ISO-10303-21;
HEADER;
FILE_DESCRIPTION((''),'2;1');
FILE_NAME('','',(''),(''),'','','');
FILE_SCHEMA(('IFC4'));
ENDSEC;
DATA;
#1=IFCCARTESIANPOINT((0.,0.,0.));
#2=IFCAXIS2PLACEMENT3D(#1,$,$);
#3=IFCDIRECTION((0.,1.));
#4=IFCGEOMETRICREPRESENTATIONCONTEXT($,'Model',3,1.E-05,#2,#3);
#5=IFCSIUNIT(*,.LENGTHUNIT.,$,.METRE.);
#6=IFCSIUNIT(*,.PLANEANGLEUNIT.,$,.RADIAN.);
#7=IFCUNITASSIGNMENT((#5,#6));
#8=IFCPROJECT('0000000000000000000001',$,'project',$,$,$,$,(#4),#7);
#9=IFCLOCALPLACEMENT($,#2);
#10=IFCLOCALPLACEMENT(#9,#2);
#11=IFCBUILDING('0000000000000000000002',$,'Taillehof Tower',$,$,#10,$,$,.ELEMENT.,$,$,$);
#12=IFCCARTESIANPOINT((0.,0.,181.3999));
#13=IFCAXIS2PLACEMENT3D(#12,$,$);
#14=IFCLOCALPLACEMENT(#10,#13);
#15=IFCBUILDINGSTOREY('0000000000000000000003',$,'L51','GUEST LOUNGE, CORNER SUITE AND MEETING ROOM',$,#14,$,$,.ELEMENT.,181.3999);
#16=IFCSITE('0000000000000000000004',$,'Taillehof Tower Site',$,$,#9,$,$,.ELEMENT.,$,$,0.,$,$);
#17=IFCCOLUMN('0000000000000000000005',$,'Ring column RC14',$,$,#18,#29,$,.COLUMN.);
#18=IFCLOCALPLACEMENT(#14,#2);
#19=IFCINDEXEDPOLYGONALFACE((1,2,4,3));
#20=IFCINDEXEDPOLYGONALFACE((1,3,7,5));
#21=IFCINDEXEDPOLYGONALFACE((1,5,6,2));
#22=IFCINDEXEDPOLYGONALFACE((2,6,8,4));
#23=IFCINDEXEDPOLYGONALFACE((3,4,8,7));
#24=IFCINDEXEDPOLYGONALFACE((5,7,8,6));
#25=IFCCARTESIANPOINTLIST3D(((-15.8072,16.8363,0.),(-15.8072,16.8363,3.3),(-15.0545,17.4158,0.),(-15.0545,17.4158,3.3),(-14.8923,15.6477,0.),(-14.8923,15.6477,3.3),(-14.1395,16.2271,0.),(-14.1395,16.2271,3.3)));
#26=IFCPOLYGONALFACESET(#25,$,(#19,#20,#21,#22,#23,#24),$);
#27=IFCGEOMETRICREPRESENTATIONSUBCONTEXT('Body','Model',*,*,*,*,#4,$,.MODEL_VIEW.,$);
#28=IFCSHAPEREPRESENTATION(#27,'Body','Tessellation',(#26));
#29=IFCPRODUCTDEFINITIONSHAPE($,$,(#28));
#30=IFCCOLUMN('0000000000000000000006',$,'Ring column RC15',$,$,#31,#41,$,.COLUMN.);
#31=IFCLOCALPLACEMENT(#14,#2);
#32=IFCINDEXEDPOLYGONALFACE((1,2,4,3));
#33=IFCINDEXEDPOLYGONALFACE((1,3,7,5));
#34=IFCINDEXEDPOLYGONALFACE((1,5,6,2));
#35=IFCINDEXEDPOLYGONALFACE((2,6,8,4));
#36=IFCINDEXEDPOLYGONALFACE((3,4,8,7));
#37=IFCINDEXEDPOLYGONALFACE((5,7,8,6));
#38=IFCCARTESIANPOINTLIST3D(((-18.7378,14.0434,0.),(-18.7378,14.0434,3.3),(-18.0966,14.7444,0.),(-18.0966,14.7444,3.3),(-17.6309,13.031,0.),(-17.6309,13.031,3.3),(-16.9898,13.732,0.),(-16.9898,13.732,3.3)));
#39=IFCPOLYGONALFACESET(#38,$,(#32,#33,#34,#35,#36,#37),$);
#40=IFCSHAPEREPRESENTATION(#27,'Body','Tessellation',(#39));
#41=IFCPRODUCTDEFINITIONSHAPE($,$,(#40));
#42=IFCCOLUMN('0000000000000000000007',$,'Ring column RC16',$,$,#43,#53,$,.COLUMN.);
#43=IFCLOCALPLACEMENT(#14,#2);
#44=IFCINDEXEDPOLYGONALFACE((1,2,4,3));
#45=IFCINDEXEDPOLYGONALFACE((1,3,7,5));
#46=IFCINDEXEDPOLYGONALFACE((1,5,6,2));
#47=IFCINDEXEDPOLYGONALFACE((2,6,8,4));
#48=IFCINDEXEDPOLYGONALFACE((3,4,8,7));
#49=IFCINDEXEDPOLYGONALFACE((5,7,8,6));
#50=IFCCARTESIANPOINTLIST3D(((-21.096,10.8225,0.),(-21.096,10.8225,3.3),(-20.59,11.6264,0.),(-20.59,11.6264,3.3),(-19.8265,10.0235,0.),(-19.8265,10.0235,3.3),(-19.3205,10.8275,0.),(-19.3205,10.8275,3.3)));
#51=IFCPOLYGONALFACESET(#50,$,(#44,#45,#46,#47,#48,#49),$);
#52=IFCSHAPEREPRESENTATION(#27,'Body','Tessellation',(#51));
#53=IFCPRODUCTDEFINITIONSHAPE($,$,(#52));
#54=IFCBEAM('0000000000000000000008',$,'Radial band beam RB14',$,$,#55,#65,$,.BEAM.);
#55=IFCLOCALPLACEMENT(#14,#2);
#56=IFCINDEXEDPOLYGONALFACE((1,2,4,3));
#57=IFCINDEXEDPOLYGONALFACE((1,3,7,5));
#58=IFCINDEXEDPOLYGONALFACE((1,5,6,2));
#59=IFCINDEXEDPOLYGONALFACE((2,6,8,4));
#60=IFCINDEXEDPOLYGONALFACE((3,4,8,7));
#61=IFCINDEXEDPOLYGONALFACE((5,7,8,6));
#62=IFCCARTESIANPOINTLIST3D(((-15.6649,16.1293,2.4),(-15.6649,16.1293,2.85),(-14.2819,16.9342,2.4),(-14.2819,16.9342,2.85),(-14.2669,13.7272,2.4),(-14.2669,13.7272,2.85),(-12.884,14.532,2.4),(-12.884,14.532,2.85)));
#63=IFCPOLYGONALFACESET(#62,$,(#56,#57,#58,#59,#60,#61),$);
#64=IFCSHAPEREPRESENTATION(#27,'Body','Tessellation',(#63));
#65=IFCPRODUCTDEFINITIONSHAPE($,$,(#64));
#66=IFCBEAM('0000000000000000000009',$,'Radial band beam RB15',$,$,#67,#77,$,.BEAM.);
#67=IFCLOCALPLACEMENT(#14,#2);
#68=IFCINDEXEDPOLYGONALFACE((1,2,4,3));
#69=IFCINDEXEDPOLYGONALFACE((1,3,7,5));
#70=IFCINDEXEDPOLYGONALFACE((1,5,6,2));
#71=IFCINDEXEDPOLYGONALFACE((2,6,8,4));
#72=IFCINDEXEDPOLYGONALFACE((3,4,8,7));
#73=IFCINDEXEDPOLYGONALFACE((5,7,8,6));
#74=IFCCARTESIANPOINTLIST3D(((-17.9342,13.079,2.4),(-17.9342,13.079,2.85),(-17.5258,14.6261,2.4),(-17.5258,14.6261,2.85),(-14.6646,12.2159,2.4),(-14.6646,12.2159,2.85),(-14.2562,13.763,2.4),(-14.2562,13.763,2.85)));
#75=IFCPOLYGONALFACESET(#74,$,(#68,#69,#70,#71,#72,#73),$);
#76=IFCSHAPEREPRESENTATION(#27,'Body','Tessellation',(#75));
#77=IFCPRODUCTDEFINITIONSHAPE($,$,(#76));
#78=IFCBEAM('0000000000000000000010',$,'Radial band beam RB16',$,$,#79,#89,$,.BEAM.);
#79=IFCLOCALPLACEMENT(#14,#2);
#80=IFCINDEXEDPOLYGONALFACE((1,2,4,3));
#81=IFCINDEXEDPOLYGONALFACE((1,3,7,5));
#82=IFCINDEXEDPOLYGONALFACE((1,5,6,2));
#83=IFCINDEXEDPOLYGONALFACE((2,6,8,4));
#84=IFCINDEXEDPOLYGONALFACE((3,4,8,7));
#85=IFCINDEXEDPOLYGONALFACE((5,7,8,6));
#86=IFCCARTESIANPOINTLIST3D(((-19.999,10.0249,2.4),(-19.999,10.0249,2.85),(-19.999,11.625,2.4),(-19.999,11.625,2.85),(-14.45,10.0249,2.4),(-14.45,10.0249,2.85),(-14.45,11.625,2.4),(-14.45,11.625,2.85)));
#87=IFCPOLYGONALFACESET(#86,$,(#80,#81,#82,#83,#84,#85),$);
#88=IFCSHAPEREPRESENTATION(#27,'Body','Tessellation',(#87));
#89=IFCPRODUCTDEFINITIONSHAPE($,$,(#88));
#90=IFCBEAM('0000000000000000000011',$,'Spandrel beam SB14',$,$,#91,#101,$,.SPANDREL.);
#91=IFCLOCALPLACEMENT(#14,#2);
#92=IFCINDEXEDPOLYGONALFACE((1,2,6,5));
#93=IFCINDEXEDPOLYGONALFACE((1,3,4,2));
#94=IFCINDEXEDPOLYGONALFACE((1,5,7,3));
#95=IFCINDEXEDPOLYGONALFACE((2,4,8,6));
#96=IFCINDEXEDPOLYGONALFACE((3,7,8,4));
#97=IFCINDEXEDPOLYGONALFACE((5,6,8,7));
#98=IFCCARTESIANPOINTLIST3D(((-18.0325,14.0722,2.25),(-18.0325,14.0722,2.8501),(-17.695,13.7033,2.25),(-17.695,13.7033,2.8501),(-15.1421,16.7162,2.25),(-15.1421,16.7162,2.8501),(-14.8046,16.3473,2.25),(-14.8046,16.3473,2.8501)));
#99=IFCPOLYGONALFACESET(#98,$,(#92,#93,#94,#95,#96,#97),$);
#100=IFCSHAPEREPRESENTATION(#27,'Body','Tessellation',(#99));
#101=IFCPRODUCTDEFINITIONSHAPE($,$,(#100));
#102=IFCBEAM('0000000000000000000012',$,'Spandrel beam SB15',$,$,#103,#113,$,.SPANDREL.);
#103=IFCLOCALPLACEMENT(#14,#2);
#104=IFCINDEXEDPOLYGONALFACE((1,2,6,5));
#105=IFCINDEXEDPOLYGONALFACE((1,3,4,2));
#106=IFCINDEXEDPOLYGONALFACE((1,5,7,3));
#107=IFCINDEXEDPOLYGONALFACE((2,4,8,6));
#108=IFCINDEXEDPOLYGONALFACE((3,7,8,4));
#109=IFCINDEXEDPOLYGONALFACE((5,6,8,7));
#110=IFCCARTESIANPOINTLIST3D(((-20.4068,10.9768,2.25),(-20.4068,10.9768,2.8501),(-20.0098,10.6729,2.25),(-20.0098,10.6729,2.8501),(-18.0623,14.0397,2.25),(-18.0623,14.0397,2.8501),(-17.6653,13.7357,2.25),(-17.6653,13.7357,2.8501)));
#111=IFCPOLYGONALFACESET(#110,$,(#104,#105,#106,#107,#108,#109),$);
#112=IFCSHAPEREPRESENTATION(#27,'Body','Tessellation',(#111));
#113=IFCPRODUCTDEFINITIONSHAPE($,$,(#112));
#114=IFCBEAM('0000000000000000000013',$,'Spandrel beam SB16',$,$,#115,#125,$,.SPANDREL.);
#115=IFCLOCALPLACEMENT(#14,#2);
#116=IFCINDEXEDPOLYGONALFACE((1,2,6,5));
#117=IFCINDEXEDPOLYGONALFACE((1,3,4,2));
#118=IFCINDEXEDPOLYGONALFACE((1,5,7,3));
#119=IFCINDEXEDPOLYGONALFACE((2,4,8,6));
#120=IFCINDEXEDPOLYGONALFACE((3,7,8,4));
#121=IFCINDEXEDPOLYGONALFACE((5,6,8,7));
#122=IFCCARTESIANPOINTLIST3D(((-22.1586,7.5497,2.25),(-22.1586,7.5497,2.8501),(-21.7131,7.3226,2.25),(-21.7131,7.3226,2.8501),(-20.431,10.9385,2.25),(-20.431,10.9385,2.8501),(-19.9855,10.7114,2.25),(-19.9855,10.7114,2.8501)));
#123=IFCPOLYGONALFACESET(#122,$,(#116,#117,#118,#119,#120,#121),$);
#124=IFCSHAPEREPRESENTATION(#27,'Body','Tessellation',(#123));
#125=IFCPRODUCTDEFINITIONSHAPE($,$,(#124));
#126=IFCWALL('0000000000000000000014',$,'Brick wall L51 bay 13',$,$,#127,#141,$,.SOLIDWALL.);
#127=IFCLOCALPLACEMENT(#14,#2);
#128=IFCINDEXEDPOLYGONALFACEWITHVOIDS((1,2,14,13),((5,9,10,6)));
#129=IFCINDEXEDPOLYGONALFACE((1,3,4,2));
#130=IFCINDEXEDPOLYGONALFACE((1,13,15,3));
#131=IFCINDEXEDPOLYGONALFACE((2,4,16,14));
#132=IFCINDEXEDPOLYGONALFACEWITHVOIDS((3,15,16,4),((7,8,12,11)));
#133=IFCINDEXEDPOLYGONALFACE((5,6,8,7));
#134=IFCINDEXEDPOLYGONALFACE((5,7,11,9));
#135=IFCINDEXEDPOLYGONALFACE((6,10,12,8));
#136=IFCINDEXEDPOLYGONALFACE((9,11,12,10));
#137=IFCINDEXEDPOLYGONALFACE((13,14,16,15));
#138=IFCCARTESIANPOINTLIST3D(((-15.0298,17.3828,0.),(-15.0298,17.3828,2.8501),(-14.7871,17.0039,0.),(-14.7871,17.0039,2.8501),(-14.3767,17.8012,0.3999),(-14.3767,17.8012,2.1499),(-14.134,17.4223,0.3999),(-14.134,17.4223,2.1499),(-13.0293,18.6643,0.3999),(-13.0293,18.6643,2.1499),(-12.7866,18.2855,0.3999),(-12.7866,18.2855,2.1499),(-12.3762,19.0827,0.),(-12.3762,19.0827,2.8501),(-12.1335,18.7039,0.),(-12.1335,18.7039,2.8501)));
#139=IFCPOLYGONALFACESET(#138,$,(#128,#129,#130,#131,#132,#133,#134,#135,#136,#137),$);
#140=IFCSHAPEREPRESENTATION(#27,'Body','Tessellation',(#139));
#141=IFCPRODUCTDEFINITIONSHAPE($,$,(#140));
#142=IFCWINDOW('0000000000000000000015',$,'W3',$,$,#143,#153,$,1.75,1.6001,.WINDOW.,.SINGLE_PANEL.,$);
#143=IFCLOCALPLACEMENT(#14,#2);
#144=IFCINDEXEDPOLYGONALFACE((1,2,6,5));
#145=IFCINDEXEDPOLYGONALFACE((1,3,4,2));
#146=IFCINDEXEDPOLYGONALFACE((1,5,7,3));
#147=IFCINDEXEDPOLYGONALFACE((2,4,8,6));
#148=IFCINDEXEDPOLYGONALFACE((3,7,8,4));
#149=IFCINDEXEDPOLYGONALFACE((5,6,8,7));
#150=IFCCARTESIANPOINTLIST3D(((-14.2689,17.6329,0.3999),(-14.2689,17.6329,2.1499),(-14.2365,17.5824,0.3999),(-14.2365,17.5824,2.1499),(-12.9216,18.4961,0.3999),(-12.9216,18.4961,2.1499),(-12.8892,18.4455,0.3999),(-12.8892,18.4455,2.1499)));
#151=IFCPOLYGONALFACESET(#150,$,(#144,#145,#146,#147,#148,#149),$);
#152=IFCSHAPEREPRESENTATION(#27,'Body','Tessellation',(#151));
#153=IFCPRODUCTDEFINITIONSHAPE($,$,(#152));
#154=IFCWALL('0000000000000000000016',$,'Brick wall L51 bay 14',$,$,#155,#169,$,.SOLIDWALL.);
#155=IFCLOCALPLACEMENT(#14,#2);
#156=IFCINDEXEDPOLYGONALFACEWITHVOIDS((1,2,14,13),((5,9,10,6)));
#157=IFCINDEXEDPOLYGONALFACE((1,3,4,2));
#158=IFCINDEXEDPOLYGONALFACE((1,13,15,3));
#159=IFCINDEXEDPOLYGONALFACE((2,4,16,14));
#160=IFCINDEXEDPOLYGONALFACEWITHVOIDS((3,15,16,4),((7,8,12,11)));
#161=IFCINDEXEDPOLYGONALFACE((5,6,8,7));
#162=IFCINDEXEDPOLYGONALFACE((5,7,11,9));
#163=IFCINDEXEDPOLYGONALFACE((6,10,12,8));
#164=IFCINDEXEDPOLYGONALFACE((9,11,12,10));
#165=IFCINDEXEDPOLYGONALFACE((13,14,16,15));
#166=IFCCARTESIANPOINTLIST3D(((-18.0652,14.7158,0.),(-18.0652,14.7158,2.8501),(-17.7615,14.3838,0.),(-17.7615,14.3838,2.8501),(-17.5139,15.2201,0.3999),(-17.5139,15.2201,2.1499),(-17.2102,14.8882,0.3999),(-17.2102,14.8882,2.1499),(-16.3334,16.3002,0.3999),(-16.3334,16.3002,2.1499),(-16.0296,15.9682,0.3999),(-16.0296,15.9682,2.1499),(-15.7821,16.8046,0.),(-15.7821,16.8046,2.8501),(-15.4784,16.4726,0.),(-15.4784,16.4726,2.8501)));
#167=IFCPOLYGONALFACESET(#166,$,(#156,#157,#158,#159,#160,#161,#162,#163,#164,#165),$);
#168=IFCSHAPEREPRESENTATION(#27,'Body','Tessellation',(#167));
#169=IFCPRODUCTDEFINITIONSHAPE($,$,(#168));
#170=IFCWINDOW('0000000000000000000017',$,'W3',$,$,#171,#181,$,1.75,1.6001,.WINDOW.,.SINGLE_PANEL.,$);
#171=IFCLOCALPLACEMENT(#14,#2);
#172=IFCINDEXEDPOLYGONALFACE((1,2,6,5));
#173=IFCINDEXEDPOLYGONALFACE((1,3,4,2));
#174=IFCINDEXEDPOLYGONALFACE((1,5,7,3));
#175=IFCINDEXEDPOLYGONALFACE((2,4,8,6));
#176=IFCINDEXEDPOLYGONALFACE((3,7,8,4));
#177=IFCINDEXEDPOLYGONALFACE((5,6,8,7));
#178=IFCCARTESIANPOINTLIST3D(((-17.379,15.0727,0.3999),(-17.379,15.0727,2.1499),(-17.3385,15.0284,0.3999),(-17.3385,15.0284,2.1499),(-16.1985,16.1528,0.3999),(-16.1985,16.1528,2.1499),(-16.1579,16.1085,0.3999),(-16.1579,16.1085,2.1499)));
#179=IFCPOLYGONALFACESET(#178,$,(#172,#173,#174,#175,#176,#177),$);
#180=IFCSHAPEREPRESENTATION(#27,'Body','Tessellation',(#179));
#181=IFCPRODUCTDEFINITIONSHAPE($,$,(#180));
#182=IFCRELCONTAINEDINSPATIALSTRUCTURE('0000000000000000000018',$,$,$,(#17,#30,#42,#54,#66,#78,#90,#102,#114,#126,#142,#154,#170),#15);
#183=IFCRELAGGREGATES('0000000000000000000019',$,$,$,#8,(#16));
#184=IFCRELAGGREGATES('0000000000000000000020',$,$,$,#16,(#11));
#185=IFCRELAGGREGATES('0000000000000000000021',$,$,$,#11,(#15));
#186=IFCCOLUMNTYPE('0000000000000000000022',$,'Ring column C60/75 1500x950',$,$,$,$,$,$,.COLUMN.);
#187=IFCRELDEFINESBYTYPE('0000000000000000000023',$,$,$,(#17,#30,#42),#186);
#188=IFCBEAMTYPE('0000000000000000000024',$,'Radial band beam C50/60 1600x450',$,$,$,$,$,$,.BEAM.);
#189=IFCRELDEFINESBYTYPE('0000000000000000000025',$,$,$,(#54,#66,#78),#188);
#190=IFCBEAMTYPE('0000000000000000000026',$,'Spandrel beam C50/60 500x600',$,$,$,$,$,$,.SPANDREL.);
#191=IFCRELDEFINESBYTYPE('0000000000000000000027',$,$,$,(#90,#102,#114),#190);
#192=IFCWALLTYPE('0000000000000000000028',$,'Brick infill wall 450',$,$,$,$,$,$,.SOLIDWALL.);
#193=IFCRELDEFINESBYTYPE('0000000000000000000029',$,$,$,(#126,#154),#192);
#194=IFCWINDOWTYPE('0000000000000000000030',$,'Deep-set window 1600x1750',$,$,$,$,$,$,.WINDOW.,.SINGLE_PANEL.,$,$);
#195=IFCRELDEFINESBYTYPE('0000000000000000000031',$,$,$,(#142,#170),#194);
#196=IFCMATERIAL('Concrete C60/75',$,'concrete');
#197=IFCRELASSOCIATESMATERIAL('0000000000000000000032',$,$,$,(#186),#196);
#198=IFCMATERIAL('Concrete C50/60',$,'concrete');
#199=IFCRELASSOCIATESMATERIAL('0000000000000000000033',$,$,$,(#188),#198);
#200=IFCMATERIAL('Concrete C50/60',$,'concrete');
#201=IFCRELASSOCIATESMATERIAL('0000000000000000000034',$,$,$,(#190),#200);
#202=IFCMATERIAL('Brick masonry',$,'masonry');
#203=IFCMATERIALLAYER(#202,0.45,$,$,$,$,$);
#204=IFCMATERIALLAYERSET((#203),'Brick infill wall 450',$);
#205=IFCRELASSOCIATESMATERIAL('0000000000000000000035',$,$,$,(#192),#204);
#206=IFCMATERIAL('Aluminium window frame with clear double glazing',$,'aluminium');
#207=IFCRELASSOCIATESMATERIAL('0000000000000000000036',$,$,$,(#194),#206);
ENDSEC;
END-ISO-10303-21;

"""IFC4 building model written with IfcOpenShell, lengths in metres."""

from ifc_helpers import new_model, si_unit, direction, frame, frame_2d, origin, origin_2d, place, context, subcontext, project, spatial, rectangle, extrude, material, layer, layer_set, material_profile, profile_set, type_object, element, fill, save


model = new_model("IFC4")

# Units and contexts
model_context = context("Model", 3, precision=1e-05, world=origin(), true_north=direction((0.0, 1.0)))
body_context = subcontext(model_context, "Body", "Model", "MODEL_VIEW")
ifc_project = project(units=[si_unit("LENGTHUNIT", "METRE"), si_unit("PLANEANGLEUNIT", "RADIAN")], contexts=[model_context])

# Site, building, storey
site_placement = place(None, origin())
site = spatial("IfcSite", under=ifc_project, at=site_placement, Name="Taillehof Tower Site", CompositionType="ELEMENT", RefElevation=0.0)
building_placement = place(site_placement, origin())
building = spatial("IfcBuilding", under=site, at=building_placement, Name="Taillehof Tower", CompositionType="ELEMENT")
storey_placement = place(building_placement, frame((0.0, 0.0, 181.3999)))
storey = spatial("IfcBuildingStorey", under=building, at=storey_placement, Name="L51", Description="GUEST LOUNGE, CORNER SUITE AND MEETING ROOM", CompositionType="ELEMENT", Elevation=181.3999)

# Columns
ifc_material_1 = material(Name="Concrete C60/75", Category="concrete")
ifc_material_profile_1 = material_profile(ifc_material_1, rectangle(XDim=1.5, YDim=0.95, at=origin_2d()), Name="RC 1500x950")
ifc_profile_set_1 = profile_set([ifc_material_profile_1], Name="Concrete C60/75")
column_type = type_object("IfcColumnType", Name="Ring column C60/75 1500x950", PredefinedType="COLUMN", material=ifc_profile_set_1)
for number, where, z_axis, x_axis, name in (
    (1, (-14.9734, 16.5317, 0.0), (0.0, 0.0, 1.0), (-0.609971, 0.792424, 0.0), "Ring column RC14"),
    (2, (-17.8638, 13.8877, 0.0), (0.0, 0.0, 1.0), (-0.737879, 0.674933, 0.0), "Ring column RC15"),
    (3, (-20.2083, 10.825, 0.0), (0.0, 0.0, 1.0), (-0.846334, 0.532652, 0.0), "Ring column RC16"),
):
    element("IfcColumn", number, at=place(storey_placement, frame(where, z_axis=z_axis, x_axis=x_axis)), inside=storey, type_object=column_type, Name=name, PredefinedType="COLUMN", context=body_context, shape_type="SweptSolid", body=[
        extrude(rectangle(XDim=1.5, YDim=0.95, at=origin_2d()), origin(), (0.0, 0.0, 1.0), 3.3),
    ])

# Beams
ifc_material_2 = material(Name="Concrete C50/60", Category="concrete")
ifc_material_profile_2 = material_profile(ifc_material_2, rectangle(XDim=1.6001, YDim=0.45, at=origin_2d()), Name="RC 1600x450")
ifc_profile_set_2 = profile_set([ifc_material_profile_2], Name="Concrete C50/60")
beam_type_1 = type_object("IfcBeamType", Name="Radial band beam C50/60 1600x450", PredefinedType="BEAM", material=ifc_profile_set_2)
beam_1_placement = place(storey_placement, frame((-14.9734, 16.5317, 2.625), z_axis=(0.502991, -0.864291, 0.0), x_axis=(0.864291, 0.502991, 0.0)))
element("IfcBeam", 4, at=beam_1_placement, inside=storey, type_object=beam_type_1, Name="Radial band beam RB14", PredefinedType="BEAM", context=body_context, shape_type="SweptSolid", body=[
    extrude(rectangle(XDim=1.6001, YDim=0.45, at=origin_2d()), origin(), (0.0, 0.0, 1.0), 2.7793),
])
beam_2_placement = place(storey_placement, frame((-17.73, 13.8525, 2.625), z_axis=(0.966883, -0.255222, 0.0), x_axis=(0.255222, 0.966883, 0.0)))
element("IfcBeam", 5, at=beam_2_placement, inside=storey, type_object=beam_type_1, Name="Radial band beam RB15", PredefinedType="BEAM", context=body_context, shape_type="SweptSolid", body=[
    extrude(rectangle(XDim=1.6001, YDim=0.45, at=origin_2d()), origin(), (0.0, 0.0, 1.0), 3.3816),
])
beam_3_placement = place(storey_placement, frame((-19.999, 10.825, 2.625), z_axis=(1.0, 0.0, 0.0), x_axis=(0.0, 1.0, 0.0)))
element("IfcBeam", 6, at=beam_3_placement, inside=storey, type_object=beam_type_1, Name="Radial band beam RB16", PredefinedType="BEAM", context=body_context, shape_type="SweptSolid", body=[
    extrude(rectangle(XDim=1.6001, YDim=0.45, at=origin_2d()), origin(), (0.0, 0.0, 1.0), 5.5491),
])
ifc_material_3 = material(Name="Concrete C50/60", Category="concrete")
ifc_material_profile_3 = material_profile(ifc_material_3, rectangle(XDim=0.5, YDim=0.6001, at=origin_2d()), Name="RC 500x600")
ifc_profile_set_3 = profile_set([ifc_material_profile_3], Name="Concrete C50/60")
beam_type_2 = type_object("IfcBeamType", Name="Spandrel beam C50/60 500x600", PredefinedType="SPANDREL", material=ifc_profile_set_3)
beam_4_placement = place(storey_placement, frame((-14.9734, 16.5317, 2.55), z_axis=(-0.73785, -0.674965, 0.0), x_axis=(0.674965, -0.73785, 0.0)))
element("IfcBeam", 7, at=beam_4_placement, inside=storey, type_object=beam_type_2, Name="Spandrel beam SB14", PredefinedType="SPANDREL", context=body_context, shape_type="SweptSolid", body=[
    extrude(rectangle(XDim=0.5, YDim=0.6001, at=origin_2d()), origin(), (0.0, 0.0, 1.0), 3.9172),
])
beam_5_placement = place(storey_placement, frame((-17.8638, 13.8877, 2.55), z_axis=(-0.60784, -0.794059, 0.0), x_axis=(0.794059, -0.60784, 0.0)))
element("IfcBeam", 8, at=beam_5_placement, inside=storey, type_object=beam_type_2, Name="Spandrel beam SB15", PredefinedType="SPANDREL", context=body_context, shape_type="SweptSolid", body=[
    extrude(rectangle(XDim=0.5, YDim=0.6001, at=origin_2d()), origin(), (0.0, 0.0, 1.0), 3.8572),
])
beam_6_placement = place(storey_placement, frame((-20.2083, 10.825, 2.55), z_axis=(-0.454183, -0.890908, 0.0), x_axis=(0.890908, -0.454183, 0.0)))
element("IfcBeam", 9, at=beam_6_placement, inside=storey, type_object=beam_type_2, Name="Spandrel beam SB16", PredefinedType="SPANDREL", context=body_context, shape_type="SweptSolid", body=[
    extrude(rectangle(XDim=0.5, YDim=0.6001, at=origin_2d()), origin(), (0.0, 0.0, 1.0), 3.8037),
])

# Walls, openings, windows
ifc_material_4 = material(Name="Brick masonry", Category="masonry")
ifc_layer_1 = layer(ifc_material_4, 0.45)
ifc_layer_set_1 = layer_set([ifc_layer_1], Name="Brick infill wall 450")
wall_type_1 = type_object("IfcWallType", Name="Brick infill wall 450", PredefinedType="SOLIDWALL", material=ifc_layer_set_1)
wall_1_placement = place(storey_placement, frame((-12.2549, 18.8933, 0.0), z_axis=(0.0, 0.0, 1.0), x_axis=(-0.842031, -0.53943, 0.0)))
wall_1 = element("IfcWall", 10, at=wall_1_placement, inside=storey, type_object=wall_type_1, Name="Brick wall L51 bay 13", PredefinedType="SOLIDWALL", context=body_context, shape_type="SweptSolid", body=[
    extrude(rectangle(XDim=3.1514, YDim=0.45, at=frame_2d((1.5757, 0.0))), origin(), (0.0, 0.0, 1.0), 2.8501),
])
opening_1_placement = place(wall_1_placement, frame((0.7756, 0.0, 0.3999)))
opening_1 = element("IfcOpeningElement", 11, at=opening_1_placement, cuts=wall_1, PredefinedType="OPENING", context=body_context, shape_type="SweptSolid", body=[
    extrude(rectangle(XDim=1.6001, YDim=1.75, at=frame_2d((0.8, 0.875))), frame((0.0, 0.2349, 0.0), z_axis=(0.0, -1.0, 0.0), x_axis=(1.0, 0.0, 0.0)), (0.0, 0.0, 1.0), 0.47),
])
ifc_material_5 = material(Name="Aluminium window frame with clear double glazing", Category="aluminium")
window_type = type_object("IfcWindowType", Name="Deep-set window 1600x1750", PartitioningType="SINGLE_PANEL", PredefinedType="WINDOW", material=ifc_material_5)
window_1_placement = place(opening_1_placement, origin())
window_1 = element("IfcWindow", 12, at=window_1_placement, inside=storey, type_object=window_type, Name="W3", OverallHeight=1.75, OverallWidth=1.6001, PartitioningType="SINGLE_PANEL", PredefinedType="WINDOW", context=body_context, shape_type="SweptSolid", body=[
    extrude(rectangle(XDim=1.6001, YDim=1.75, at=frame_2d((0.8, 0.875))), frame((0.0, 0.0349, 0.0), z_axis=(0.0, -1.0, 0.0), x_axis=(1.0, 0.0, 0.0)), (0.0, 0.0, 1.0), 0.0601),
])
fill(opening_1, window_1)
wall_2_placement = place(storey_placement, frame((-15.6301, 16.6387, 0.0), z_axis=(0.0, 0.0, 1.0), x_axis=(-0.737809, -0.67501, 0.0)))
wall_2 = element("IfcWall", 13, at=wall_2_placement, inside=storey, type_object=wall_type_1, Name="Brick wall L51 bay 14", PredefinedType="SOLIDWALL", context=body_context, shape_type="SweptSolid", body=[
    extrude(rectangle(XDim=3.0945, YDim=0.45, at=frame_2d((1.5474, 0.0))), origin(), (0.0, 0.0, 1.0), 2.8501),
])
opening_2_placement = place(wall_2_placement, frame((0.7473, 0.0, 0.3999)))
opening_2 = element("IfcOpeningElement", 14, at=opening_2_placement, cuts=wall_2, PredefinedType="OPENING", context=body_context, shape_type="SweptSolid", body=[
    extrude(rectangle(XDim=1.6001, YDim=1.75, at=frame_2d((0.8, 0.875))), frame((0.0, 0.2349, 0.0), z_axis=(0.0, -1.0, 0.0), x_axis=(1.0, 0.0, 0.0)), (0.0, 0.0, 1.0), 0.47),
])
window_2_placement = place(opening_2_placement, origin())
window_2 = element("IfcWindow", 15, at=window_2_placement, inside=storey, type_object=window_type, Name="W3", OverallHeight=1.75, OverallWidth=1.6001, PartitioningType="SINGLE_PANEL", PredefinedType="WINDOW", context=body_context, shape_type="SweptSolid", body=[
    extrude(rectangle(XDim=1.6001, YDim=1.75, at=frame_2d((0.8, 0.875))), frame((0.0, 0.0349, 0.0), z_axis=(0.0, -1.0, 0.0), x_axis=(1.0, 0.0, 0.0)), (0.0, 0.0, 1.0), 0.0601),
])
fill(opening_2, window_2)

save(model, "model.ifc")
